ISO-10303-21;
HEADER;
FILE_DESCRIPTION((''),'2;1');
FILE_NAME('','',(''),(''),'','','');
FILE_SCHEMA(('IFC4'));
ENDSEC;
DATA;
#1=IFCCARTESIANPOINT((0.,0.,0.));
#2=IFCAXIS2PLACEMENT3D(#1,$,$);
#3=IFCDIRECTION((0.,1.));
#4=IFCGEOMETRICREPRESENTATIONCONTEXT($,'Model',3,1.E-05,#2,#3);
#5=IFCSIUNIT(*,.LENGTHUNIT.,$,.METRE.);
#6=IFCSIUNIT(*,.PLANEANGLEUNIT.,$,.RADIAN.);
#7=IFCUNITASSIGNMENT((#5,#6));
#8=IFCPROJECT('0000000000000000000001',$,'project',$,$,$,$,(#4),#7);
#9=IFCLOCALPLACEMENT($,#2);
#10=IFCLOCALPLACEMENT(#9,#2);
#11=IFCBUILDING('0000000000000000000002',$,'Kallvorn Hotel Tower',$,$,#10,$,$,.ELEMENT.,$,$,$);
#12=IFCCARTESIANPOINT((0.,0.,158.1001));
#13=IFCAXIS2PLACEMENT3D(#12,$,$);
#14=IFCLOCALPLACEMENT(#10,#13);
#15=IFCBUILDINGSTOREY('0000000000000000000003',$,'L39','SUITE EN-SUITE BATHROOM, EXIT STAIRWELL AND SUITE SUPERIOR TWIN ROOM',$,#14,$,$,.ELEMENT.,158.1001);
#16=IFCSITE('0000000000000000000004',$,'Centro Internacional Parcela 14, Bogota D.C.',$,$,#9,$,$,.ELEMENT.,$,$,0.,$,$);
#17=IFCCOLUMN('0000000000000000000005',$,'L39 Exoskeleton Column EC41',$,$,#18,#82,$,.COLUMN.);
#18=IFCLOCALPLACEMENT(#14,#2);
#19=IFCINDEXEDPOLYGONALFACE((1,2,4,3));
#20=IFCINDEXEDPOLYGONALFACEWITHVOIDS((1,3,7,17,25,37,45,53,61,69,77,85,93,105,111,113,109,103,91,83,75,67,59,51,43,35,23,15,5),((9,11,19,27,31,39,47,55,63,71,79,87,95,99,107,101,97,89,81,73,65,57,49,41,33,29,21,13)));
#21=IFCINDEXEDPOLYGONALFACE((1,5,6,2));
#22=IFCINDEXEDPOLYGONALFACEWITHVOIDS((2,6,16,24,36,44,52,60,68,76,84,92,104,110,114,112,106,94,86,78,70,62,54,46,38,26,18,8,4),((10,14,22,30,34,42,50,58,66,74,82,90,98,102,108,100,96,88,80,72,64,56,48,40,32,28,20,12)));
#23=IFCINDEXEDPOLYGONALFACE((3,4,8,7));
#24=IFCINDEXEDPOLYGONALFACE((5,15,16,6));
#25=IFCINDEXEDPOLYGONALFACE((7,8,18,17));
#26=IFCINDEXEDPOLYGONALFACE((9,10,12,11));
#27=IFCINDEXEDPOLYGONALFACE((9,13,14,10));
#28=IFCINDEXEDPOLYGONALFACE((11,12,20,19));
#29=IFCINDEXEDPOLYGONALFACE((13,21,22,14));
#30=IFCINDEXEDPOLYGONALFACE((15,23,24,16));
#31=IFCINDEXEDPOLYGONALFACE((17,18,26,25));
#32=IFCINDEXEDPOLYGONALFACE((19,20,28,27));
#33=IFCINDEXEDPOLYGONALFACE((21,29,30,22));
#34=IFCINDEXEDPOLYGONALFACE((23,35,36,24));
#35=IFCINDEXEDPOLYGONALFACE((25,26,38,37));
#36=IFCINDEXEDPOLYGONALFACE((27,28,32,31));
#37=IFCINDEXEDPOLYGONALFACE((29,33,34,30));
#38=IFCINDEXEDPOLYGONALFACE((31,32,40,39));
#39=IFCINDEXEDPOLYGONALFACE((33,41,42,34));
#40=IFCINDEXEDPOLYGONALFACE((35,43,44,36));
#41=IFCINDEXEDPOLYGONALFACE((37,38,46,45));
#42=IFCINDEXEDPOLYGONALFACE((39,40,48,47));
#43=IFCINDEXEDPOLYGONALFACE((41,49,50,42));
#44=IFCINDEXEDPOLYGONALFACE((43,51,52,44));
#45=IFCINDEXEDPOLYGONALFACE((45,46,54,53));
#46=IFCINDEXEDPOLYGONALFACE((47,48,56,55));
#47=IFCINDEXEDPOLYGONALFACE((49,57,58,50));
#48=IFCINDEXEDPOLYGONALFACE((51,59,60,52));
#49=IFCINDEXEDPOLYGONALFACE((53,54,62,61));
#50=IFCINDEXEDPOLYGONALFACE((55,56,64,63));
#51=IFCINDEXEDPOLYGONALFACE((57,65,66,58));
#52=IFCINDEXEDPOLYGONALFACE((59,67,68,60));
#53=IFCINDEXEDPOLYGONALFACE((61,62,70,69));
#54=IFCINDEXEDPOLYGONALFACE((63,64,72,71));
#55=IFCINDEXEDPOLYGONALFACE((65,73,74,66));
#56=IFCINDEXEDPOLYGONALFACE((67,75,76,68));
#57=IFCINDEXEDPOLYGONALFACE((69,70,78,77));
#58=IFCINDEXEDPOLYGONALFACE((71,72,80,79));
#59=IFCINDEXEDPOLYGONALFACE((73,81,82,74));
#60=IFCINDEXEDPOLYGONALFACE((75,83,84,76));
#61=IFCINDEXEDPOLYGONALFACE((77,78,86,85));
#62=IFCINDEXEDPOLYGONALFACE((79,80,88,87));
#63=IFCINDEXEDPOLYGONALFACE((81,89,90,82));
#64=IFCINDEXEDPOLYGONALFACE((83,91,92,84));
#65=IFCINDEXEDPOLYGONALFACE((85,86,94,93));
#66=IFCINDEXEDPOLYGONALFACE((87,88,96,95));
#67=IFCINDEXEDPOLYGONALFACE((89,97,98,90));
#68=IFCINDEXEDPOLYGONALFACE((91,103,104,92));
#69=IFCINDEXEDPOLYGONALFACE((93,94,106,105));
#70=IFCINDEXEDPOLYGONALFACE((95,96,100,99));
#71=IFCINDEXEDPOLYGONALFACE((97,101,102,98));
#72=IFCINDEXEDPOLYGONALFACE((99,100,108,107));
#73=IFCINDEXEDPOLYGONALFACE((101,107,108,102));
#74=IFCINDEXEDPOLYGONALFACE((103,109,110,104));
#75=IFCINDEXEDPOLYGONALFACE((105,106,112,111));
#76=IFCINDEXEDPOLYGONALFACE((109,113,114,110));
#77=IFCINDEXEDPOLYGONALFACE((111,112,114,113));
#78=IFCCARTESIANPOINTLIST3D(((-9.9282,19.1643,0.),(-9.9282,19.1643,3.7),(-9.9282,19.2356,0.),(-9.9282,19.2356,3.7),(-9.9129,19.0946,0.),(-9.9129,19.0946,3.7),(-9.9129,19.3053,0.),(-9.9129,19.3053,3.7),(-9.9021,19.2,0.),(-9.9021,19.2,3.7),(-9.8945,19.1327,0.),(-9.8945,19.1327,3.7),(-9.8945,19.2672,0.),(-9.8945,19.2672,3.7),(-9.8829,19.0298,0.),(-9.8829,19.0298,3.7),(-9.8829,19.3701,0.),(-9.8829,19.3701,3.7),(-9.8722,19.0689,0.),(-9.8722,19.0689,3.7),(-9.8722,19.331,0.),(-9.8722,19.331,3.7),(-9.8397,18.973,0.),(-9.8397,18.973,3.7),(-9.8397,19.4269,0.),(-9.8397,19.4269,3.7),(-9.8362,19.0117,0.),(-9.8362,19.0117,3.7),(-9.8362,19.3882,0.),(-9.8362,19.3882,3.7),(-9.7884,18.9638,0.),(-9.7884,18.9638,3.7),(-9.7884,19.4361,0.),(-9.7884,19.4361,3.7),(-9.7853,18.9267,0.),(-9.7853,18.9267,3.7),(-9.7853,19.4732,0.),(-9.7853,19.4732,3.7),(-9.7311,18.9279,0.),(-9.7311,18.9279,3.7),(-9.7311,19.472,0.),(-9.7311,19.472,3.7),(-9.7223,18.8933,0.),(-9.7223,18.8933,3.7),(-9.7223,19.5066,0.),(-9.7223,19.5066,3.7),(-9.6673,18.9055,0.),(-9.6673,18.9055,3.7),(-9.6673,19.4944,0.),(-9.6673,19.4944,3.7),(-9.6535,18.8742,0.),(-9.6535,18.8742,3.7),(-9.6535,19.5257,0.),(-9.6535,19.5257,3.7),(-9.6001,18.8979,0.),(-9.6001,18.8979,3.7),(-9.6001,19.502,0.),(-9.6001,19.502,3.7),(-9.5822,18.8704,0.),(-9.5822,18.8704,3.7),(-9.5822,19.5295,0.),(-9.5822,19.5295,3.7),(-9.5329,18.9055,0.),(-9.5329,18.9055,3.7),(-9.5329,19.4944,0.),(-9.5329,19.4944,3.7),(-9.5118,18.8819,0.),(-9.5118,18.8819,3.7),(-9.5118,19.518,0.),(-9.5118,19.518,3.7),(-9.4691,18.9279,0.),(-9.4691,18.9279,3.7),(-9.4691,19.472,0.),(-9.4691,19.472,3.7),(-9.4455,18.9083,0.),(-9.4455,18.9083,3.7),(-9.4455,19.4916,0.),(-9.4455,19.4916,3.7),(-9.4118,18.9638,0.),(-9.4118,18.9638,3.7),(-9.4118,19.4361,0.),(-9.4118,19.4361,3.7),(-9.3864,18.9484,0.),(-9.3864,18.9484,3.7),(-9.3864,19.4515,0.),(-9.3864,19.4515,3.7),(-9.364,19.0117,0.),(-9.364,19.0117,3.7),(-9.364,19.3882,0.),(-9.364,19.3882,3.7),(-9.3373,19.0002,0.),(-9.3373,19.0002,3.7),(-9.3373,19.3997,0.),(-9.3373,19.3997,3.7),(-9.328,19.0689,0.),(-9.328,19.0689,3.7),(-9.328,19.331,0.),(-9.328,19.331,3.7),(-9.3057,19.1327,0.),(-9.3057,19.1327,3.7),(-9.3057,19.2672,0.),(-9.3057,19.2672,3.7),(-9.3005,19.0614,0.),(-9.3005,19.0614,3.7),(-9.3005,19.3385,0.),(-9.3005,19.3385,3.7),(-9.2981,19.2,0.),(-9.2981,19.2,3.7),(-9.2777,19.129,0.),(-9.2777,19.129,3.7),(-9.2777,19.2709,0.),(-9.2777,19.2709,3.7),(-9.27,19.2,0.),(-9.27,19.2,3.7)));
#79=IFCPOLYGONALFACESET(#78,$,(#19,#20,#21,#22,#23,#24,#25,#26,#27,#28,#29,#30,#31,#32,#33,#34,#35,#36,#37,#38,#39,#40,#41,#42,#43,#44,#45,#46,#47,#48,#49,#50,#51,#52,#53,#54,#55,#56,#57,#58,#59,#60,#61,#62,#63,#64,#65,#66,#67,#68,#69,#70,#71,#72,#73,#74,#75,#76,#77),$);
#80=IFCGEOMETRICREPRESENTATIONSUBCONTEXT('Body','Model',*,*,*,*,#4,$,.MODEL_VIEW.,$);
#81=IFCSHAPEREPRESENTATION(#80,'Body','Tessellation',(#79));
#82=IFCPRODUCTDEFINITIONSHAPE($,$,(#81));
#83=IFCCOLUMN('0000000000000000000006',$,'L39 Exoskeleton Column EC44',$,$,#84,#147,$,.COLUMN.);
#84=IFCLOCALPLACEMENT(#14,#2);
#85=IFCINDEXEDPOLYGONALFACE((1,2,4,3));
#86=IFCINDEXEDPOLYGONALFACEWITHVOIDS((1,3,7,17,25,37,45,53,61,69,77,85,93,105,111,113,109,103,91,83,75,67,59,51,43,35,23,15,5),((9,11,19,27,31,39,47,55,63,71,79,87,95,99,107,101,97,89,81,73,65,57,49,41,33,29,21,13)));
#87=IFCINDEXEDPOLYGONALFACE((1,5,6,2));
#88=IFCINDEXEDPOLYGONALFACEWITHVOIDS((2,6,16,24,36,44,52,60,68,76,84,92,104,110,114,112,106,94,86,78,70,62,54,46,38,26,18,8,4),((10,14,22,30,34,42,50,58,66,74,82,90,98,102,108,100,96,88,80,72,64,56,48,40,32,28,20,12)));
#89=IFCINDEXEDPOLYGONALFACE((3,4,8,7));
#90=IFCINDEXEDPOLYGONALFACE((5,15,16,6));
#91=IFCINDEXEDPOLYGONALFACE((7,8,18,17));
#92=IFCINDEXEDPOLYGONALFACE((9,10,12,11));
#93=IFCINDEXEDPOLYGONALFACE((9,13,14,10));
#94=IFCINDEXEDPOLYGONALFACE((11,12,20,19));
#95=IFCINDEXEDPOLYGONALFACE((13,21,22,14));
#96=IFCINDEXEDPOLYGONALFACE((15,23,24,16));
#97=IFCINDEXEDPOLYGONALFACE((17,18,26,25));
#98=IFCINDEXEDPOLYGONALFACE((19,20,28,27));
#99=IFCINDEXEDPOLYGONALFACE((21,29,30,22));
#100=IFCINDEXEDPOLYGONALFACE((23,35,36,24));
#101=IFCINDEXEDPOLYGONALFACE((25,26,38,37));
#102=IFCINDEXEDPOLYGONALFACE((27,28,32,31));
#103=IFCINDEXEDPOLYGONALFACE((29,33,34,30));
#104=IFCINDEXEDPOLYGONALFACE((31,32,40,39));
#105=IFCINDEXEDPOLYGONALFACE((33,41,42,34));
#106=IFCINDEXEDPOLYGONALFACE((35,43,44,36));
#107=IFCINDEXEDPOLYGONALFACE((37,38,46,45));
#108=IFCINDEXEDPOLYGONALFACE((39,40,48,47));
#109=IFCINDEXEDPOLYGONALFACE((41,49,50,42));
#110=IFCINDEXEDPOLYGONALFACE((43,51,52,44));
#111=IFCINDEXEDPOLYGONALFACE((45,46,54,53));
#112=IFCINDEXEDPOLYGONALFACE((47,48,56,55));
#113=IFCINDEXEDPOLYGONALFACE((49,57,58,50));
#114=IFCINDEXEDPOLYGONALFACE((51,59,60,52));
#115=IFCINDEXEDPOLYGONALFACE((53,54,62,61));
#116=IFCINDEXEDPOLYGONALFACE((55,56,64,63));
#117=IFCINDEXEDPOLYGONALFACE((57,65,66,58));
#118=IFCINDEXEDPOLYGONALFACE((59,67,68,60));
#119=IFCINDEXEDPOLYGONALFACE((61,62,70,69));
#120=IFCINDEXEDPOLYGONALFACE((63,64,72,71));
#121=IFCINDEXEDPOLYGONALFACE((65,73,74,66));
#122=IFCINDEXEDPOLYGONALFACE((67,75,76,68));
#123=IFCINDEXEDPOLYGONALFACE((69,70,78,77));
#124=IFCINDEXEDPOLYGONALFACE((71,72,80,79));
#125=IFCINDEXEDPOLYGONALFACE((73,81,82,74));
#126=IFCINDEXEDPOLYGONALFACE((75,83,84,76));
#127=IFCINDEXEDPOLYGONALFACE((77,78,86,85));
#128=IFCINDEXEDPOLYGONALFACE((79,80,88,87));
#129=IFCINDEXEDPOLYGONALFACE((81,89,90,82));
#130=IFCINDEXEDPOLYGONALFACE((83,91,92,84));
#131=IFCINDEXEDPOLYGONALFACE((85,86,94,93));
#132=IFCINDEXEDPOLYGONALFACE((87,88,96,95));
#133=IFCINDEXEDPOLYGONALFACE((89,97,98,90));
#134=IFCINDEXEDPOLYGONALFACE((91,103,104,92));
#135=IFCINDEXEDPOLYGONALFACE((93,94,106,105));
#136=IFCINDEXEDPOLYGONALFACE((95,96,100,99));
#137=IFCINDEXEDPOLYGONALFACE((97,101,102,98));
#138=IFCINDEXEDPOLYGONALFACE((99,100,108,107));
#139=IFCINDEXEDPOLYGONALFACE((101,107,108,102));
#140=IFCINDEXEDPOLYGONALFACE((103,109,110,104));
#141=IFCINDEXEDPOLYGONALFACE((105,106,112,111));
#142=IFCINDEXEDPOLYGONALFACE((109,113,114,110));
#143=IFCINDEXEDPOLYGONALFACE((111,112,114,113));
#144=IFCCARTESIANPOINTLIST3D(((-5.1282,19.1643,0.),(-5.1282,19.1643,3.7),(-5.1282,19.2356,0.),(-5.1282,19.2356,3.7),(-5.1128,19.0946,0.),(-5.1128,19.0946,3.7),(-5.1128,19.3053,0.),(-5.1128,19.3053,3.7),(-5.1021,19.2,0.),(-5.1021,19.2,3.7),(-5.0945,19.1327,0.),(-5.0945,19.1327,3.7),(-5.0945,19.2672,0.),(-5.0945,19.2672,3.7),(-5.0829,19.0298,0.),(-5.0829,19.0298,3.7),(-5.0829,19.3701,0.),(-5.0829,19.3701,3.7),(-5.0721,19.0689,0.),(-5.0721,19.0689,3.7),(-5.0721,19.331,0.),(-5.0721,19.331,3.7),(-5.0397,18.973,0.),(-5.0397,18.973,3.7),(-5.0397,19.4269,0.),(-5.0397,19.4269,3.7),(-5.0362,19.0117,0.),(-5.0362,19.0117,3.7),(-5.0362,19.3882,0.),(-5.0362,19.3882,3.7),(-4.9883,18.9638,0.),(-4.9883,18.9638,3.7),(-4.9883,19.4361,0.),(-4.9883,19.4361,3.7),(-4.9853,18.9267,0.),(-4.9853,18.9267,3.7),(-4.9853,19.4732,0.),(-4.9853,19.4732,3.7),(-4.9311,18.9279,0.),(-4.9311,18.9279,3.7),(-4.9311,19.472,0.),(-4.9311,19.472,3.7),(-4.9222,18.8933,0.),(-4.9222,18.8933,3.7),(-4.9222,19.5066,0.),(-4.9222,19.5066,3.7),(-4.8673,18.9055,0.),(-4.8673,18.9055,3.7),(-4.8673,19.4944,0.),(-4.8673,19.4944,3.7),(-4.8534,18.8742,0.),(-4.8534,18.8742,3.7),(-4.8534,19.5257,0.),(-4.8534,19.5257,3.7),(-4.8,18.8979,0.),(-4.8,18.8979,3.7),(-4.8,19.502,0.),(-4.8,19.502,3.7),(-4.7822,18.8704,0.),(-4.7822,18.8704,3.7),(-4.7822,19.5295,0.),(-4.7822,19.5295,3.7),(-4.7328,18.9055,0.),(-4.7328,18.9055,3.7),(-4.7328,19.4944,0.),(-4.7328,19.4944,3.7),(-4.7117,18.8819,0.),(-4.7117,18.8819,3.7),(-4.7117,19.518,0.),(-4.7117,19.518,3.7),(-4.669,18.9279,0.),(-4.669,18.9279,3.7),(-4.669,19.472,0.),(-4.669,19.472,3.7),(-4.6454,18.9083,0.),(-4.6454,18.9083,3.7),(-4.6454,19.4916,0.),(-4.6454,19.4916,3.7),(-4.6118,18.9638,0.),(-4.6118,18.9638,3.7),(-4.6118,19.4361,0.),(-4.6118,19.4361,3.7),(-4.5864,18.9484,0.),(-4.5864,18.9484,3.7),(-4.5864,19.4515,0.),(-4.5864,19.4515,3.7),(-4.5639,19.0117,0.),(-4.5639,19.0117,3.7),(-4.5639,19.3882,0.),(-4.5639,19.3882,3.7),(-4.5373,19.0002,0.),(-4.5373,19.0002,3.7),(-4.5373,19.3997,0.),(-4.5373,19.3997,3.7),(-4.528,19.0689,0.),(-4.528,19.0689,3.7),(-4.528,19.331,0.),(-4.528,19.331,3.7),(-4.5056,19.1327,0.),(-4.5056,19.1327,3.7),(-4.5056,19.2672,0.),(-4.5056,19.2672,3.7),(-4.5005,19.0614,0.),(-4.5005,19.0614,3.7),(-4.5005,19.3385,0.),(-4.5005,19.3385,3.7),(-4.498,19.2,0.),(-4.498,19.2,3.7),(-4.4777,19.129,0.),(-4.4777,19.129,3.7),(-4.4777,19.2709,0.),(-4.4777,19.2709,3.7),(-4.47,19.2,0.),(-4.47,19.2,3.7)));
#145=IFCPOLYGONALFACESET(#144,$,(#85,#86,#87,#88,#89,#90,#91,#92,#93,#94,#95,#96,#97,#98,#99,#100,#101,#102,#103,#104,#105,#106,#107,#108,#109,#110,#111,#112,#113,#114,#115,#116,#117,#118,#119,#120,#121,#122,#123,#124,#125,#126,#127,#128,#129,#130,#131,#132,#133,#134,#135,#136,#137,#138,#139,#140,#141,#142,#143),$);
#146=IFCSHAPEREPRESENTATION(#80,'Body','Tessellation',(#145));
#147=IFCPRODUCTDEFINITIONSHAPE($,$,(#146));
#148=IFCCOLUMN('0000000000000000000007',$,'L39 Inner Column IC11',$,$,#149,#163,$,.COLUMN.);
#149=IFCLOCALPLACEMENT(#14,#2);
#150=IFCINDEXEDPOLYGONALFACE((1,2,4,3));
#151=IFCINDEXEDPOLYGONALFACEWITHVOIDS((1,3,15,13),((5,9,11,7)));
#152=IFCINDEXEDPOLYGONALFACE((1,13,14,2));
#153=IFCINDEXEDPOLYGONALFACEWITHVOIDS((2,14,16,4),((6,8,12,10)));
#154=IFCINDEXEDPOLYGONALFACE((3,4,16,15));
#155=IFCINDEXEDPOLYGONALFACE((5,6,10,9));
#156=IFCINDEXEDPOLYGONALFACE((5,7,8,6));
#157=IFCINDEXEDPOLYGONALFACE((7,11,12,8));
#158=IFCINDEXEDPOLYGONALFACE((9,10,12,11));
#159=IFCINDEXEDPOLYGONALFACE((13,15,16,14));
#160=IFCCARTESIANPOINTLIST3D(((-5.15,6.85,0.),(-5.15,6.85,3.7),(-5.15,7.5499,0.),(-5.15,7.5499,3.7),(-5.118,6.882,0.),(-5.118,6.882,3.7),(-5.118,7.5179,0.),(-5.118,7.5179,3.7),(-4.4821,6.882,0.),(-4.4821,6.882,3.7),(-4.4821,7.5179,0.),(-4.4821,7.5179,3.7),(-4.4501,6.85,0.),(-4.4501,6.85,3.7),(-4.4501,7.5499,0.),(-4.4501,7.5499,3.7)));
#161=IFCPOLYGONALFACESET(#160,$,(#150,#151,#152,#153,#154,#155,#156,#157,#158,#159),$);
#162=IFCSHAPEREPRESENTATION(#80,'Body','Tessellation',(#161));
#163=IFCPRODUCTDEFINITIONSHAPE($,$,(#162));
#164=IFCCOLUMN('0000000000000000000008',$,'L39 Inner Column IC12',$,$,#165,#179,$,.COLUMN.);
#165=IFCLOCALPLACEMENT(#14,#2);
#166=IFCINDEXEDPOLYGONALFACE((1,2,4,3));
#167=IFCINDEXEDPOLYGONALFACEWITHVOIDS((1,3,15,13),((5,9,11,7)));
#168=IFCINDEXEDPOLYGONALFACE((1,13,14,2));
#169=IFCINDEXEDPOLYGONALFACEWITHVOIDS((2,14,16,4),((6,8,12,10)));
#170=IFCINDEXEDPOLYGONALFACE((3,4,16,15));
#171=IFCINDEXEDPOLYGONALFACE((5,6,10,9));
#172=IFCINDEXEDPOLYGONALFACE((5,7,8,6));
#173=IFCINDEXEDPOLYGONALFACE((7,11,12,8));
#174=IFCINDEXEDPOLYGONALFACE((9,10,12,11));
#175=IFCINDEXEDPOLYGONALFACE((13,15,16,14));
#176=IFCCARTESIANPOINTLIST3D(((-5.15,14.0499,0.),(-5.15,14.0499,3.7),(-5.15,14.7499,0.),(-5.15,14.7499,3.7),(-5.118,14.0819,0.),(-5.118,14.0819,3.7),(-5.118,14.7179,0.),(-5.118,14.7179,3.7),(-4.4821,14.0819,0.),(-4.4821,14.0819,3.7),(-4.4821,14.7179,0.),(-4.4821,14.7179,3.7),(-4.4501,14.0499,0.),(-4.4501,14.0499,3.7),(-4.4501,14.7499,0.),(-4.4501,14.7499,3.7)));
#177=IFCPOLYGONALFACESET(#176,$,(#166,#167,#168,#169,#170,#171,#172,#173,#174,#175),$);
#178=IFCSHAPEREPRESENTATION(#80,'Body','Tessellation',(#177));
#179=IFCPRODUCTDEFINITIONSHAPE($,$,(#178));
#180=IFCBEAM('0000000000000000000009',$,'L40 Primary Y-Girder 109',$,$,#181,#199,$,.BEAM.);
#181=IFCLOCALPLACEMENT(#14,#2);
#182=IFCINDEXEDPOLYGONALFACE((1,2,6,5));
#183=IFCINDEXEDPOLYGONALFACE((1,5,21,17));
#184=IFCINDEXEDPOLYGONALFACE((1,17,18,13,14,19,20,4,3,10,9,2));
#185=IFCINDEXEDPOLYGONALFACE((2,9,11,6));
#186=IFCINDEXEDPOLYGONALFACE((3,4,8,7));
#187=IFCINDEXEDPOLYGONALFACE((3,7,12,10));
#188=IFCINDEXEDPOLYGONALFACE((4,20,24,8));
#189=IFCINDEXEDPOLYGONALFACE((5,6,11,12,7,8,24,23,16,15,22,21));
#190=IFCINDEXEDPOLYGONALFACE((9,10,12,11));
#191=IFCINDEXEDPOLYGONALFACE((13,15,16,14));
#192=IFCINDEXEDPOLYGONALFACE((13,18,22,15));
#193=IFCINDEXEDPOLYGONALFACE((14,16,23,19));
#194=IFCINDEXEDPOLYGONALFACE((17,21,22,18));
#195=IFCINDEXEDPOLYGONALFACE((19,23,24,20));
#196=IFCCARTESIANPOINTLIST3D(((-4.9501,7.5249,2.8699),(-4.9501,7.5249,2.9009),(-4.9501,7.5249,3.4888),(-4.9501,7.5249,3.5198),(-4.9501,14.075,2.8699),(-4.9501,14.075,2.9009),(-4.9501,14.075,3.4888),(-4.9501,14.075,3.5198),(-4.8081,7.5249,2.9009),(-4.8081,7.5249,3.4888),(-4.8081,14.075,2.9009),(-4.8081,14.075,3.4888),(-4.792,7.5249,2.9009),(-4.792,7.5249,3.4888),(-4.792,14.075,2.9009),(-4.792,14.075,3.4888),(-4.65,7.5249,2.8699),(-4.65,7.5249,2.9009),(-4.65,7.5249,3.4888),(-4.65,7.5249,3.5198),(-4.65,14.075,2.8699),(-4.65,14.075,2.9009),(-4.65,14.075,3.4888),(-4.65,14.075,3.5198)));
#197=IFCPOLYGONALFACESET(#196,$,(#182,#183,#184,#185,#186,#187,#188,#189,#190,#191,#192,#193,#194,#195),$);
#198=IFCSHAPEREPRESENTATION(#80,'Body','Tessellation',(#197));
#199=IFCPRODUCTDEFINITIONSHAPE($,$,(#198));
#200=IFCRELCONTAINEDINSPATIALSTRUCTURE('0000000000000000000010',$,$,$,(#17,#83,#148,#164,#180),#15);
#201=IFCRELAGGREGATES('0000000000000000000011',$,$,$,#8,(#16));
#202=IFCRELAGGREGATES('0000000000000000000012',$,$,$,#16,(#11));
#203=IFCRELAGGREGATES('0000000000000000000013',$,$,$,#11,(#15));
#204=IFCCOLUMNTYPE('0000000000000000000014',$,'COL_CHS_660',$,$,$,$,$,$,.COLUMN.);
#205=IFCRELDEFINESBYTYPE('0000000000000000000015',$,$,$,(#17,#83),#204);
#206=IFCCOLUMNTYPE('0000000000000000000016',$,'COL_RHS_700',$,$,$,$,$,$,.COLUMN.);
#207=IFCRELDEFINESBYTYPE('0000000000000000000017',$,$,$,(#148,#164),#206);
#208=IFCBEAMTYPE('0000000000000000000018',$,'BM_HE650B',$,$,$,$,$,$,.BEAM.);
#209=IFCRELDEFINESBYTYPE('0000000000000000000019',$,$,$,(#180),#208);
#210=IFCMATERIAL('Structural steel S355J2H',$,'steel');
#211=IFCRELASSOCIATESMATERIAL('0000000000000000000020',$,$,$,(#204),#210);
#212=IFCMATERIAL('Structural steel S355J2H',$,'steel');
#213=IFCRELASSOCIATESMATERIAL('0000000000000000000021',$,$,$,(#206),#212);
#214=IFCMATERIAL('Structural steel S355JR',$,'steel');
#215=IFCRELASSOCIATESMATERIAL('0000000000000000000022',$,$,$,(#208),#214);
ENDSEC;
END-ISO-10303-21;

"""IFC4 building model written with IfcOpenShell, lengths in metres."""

from ifc_helpers import new_model, si_unit, direction, frame, origin, origin_2d, place, context, subcontext, project, spatial, hollow_rectangle, hollow_circle, i_section, extrude, material, material_profile, profile_set, type_object, element, save


model = new_model("IFC4")

# Units and contexts
model_context = context("Model", 3, precision=1e-05, world=origin(), true_north=direction((0.0, 1.0)))
body_context = subcontext(model_context, "Body", "Model", "MODEL_VIEW")
ifc_project = project(units=[si_unit("LENGTHUNIT", "METRE"), si_unit("PLANEANGLEUNIT", "RADIAN")], contexts=[model_context])

# Site, building, storey
site_placement = place(None, origin())
site = spatial("IfcSite", under=ifc_project, at=site_placement, Name="Centro Internacional Parcela 14, Bogota D.C.", CompositionType="ELEMENT", RefElevation=0.0)
building_placement = place(site_placement, origin())
building = spatial("IfcBuilding", under=site, at=building_placement, Name="Kallvorn Hotel Tower", CompositionType="ELEMENT")
storey_placement = place(building_placement, frame((0.0, 0.0, 158.1001)))
storey = spatial("IfcBuildingStorey", under=building, at=storey_placement, Name="L39", Description="SUITE EN-SUITE BATHROOM, EXIT STAIRWELL AND SUITE SUPERIOR TWIN ROOM", CompositionType="ELEMENT", Elevation=158.1001)

# Columns
ifc_material_1 = material(Name="Structural steel S355J2H", Category="steel")
ifc_material_profile_1 = material_profile(ifc_material_1, hollow_circle(Radius=0.3301, WallThickness=0.0281, at=origin_2d()), Name="CHS 660x28")
ifc_profile_set_1 = profile_set([ifc_material_profile_1], Name="Structural steel S355J2H")
column_type_1 = type_object("IfcColumnType", Name="COL_CHS_660", PredefinedType="COLUMN", material=ifc_profile_set_1)
for number, where, z_axis, x_axis, name in (
    (1, (-9.6001, 19.2, 0.0), (0.0, 0.0, 1.0), (1.0, 0.0, 0.0), "L39 Exoskeleton Column EC41"),
    (2, (-4.8, 19.2, 0.0), (0.0, 0.0, 1.0), (1.0, 0.0, 0.0), "L39 Exoskeleton Column EC44"),
):
    element("IfcColumn", number, at=place(storey_placement, frame(where, z_axis=z_axis, x_axis=x_axis)), inside=storey, type_object=column_type_1, Name=name, PredefinedType="COLUMN", context=body_context, shape_type="SweptSolid", body=[
        extrude(hollow_circle(Radius=0.3301, WallThickness=0.0281, at=origin_2d()), origin(), (0.0, 0.0, 1.0), 3.7),
    ])
ifc_material_2 = material(Name="Structural steel S355J2H", Category="steel")
ifc_material_profile_2 = material_profile(ifc_material_2, hollow_rectangle(XDim=0.7, YDim=0.7, WallThickness=0.032, at=origin_2d()), Name="RHS 700x700x32")
ifc_profile_set_2 = profile_set([ifc_material_profile_2], Name="Structural steel S355J2H")
column_type_2 = type_object("IfcColumnType", Name="COL_RHS_700", PredefinedType="COLUMN", material=ifc_profile_set_2)
for number, where, z_axis, x_axis, name in (
    (3, (-4.8, 7.2, 0.0), (0.0, 0.0, 1.0), (1.0, 0.0, 0.0), "L39 Inner Column IC11"),
    (4, (-4.8, 14.3999, 0.0), (0.0, 0.0, 1.0), (1.0, 0.0, 0.0), "L39 Inner Column IC12"),
):
    element("IfcColumn", number, at=place(storey_placement, frame(where, z_axis=z_axis, x_axis=x_axis)), inside=storey, type_object=column_type_2, Name=name, PredefinedType="COLUMN", context=body_context, shape_type="SweptSolid", body=[
        extrude(hollow_rectangle(XDim=0.7, YDim=0.7, WallThickness=0.032, at=origin_2d()), origin(), (0.0, 0.0, 1.0), 3.7),
    ])

# Beam
ifc_material_3 = material(Name="Structural steel S355JR", Category="steel")
ifc_material_profile_3 = material_profile(ifc_material_3, i_section(OverallWidth=0.3, OverallDepth=0.6499, WebThickness=0.0161, FlangeThickness=0.031, at=origin_2d()), Name="HE 650 B")
ifc_profile_set_3 = profile_set([ifc_material_profile_3], Name="Structural steel S355JR")
beam_type_1 = type_object("IfcBeamType", Name="BM_HE650B", PredefinedType="BEAM", material=ifc_profile_set_3)
beam_1_placement = place(storey_placement, frame((-4.8, 7.5249, 3.1948), z_axis=(0.0, 1.0, 0.0), x_axis=(-1.0, 0.0, 0.0)))
element("IfcBeam", 5, at=beam_1_placement, inside=storey, type_object=beam_type_1, Name="L40 Primary Y-Girder 109", PredefinedType="BEAM", context=body_context, shape_type="SweptSolid", body=[
    extrude(i_section(OverallWidth=0.3, OverallDepth=0.6499, WebThickness=0.0161, FlangeThickness=0.031, at=origin_2d()), origin(), (0.0, 0.0, 1.0), 6.55),
])

save(model, "model.ifc")
